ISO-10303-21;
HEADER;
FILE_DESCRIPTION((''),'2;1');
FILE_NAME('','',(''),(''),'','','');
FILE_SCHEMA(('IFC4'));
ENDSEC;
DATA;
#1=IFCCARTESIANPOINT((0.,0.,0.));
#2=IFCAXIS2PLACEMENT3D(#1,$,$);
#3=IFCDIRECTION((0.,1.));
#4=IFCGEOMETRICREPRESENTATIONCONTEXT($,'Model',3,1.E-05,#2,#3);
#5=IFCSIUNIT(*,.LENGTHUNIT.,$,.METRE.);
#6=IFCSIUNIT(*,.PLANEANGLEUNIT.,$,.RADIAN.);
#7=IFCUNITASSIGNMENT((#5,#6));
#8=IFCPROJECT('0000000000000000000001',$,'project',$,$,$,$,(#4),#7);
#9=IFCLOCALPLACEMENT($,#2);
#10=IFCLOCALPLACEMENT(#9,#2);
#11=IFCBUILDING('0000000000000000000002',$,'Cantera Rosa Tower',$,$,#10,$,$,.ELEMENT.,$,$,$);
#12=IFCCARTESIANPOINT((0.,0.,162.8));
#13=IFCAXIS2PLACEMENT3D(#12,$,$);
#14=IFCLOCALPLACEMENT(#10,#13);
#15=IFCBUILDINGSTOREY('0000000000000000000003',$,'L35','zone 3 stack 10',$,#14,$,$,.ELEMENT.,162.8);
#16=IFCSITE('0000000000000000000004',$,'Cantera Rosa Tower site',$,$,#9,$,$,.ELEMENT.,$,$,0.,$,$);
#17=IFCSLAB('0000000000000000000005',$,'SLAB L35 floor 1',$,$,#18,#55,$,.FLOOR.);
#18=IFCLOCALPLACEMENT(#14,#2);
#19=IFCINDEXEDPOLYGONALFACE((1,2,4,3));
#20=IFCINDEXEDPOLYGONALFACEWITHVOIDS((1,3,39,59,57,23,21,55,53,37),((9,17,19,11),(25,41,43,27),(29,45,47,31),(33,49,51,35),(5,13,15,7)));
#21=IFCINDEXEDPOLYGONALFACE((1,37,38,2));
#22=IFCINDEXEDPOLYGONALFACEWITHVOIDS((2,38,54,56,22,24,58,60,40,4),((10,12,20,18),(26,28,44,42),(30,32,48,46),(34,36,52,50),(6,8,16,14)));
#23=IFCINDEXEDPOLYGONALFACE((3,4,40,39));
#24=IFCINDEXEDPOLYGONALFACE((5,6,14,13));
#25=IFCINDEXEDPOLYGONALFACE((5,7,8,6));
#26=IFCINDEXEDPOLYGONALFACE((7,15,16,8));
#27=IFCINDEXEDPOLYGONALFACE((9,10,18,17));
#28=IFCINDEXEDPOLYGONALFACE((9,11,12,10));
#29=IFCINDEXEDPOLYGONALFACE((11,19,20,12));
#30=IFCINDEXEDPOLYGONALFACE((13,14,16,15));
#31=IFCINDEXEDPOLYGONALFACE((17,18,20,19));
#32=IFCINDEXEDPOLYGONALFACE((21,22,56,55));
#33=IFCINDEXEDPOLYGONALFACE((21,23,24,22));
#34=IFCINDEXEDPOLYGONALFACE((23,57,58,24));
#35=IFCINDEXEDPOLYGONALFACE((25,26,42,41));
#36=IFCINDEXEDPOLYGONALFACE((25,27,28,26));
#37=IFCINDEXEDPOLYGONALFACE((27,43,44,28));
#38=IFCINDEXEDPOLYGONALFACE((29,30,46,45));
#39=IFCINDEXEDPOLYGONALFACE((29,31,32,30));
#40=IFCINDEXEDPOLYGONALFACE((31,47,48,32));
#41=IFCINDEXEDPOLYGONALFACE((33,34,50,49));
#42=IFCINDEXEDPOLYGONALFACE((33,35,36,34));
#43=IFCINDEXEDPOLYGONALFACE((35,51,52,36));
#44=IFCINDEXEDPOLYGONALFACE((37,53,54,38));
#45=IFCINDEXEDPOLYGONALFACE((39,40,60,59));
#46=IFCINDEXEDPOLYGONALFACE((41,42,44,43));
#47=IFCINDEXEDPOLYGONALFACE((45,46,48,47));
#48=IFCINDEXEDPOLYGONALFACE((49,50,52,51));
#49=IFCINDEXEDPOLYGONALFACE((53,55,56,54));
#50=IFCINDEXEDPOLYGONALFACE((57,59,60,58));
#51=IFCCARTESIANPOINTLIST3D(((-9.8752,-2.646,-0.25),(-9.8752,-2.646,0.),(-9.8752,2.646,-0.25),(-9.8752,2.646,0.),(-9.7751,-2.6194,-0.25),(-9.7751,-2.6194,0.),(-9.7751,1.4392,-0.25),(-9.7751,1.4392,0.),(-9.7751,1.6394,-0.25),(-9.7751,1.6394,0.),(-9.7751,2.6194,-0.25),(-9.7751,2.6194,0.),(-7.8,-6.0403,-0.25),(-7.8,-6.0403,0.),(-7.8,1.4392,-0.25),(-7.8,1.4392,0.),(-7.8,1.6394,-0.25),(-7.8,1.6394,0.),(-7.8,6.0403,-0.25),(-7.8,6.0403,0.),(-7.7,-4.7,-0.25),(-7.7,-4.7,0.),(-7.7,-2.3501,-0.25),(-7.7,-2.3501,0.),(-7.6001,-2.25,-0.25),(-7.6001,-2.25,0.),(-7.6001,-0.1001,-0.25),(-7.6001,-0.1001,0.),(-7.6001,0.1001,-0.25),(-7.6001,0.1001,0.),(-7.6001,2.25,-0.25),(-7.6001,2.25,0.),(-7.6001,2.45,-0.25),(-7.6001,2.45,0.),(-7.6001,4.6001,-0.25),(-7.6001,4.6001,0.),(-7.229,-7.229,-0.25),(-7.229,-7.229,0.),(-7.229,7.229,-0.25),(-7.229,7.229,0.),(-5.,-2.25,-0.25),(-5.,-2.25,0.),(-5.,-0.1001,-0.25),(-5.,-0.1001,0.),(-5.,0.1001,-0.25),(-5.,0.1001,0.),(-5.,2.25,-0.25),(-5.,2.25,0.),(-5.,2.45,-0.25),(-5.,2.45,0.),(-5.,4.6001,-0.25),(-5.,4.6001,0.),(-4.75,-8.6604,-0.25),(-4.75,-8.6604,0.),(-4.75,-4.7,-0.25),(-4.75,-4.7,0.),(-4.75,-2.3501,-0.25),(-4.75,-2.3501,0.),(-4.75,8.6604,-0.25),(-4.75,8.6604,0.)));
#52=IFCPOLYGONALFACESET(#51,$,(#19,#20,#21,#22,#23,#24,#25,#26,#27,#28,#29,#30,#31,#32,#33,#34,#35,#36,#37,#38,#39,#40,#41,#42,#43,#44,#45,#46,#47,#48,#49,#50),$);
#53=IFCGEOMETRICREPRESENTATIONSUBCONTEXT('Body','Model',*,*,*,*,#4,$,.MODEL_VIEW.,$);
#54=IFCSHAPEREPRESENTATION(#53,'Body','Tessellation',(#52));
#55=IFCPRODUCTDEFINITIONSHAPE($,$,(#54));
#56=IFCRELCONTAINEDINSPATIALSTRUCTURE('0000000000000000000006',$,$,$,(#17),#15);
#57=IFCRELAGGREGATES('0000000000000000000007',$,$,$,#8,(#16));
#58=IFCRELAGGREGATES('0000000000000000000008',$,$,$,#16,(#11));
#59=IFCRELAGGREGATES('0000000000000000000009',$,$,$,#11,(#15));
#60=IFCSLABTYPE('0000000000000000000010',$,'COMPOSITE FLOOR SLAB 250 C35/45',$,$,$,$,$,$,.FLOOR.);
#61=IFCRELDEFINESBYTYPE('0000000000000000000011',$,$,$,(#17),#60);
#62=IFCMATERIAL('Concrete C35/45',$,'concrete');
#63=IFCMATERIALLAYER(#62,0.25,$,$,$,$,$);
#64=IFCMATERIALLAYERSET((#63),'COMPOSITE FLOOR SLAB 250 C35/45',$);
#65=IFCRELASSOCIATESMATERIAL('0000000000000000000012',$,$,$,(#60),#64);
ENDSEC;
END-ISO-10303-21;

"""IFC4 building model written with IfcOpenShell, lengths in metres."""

from ifc_helpers import new_model, si_unit, direction, frame, origin, place, context, subcontext, project, spatial, polyline, outline, extrude, material, layer, layer_set, type_object, element, save


model = new_model("IFC4")

# Units and contexts
model_context = context("Model", 3, precision=1e-05, world=origin(), true_north=direction((0.0, 1.0)))
body_context = subcontext(model_context, "Body", "Model", "MODEL_VIEW")
ifc_project = project(units=[si_unit("LENGTHUNIT", "METRE"), si_unit("PLANEANGLEUNIT", "RADIAN")], contexts=[model_context])

# Site, building, storey
site_placement = place(None, origin())
site = spatial("IfcSite", under=ifc_project, at=site_placement, Name="Cantera Rosa Tower site", CompositionType="ELEMENT", RefElevation=0.0)
building_placement = place(site_placement, origin())
building = spatial("IfcBuilding", under=site, at=building_placement, Name="Cantera Rosa Tower", CompositionType="ELEMENT")
storey_placement = place(building_placement, frame((0.0, 0.0, 162.8)))
storey = spatial("IfcBuildingStorey", under=building, at=storey_placement, Name="L35", Description="zone 3 stack 10", CompositionType="ELEMENT", Elevation=162.8)

# Slab
ifc_material_1 = material(Name="Concrete C35/45", Category="concrete")
ifc_layer_1 = layer(ifc_material_1, 0.25)
ifc_layer_set_1 = layer_set([ifc_layer_1], Name="COMPOSITE FLOOR SLAB 250 C35/45")
slab_type_1 = type_object("IfcSlabType", Name="COMPOSITE FLOOR SLAB 250 C35/45", PredefinedType="FLOOR", material=ifc_layer_set_1)
slab_1_placement = place(storey_placement, frame((0.0, 0.0, -0.25)))
element("IfcSlab", 1, at=slab_1_placement, inside=storey, type_object=slab_type_1, Name="SLAB L35 floor 1", PredefinedType="FLOOR", context=body_context, shape_type="SweptSolid", body=[
    extrude(outline(polyline([(-7.229, 7.229), (-4.75, 8.6604), (-4.75, -2.3501), (-7.7, -2.3501), (-7.7, -4.7), (-4.75, -4.7), (-4.75, -8.6604), (-7.229, -7.229), (-9.8752, -2.646), (-9.8752, 2.646), (-7.229, 7.229)]), holes=[polyline([(-7.8, 1.4392), (-9.7751, 1.4392), (-9.7751, -2.6194), (-7.8, -6.0403), (-7.8, 1.4392)]), polyline([(-7.6001, -0.1001), (-7.6001, -2.25), (-5.0, -2.25), (-5.0, -0.1001), (-7.6001, -0.1001)]), polyline([(-7.6001, 2.25), (-7.6001, 0.1001), (-5.0, 0.1001), (-5.0, 2.25), (-7.6001, 2.25)]), polyline([(-7.6001, 4.6001), (-7.6001, 2.45), (-5.0, 2.45), (-5.0, 4.6001), (-7.6001, 4.6001)]), polyline([(-7.8, 6.0403), (-9.7751, 2.6194), (-9.7751, 1.6394), (-7.8, 1.6394), (-7.8, 6.0403)])]), origin(), (0.0, 0.0, 1.0), 0.25),
])

save(model, "model.ifc")
